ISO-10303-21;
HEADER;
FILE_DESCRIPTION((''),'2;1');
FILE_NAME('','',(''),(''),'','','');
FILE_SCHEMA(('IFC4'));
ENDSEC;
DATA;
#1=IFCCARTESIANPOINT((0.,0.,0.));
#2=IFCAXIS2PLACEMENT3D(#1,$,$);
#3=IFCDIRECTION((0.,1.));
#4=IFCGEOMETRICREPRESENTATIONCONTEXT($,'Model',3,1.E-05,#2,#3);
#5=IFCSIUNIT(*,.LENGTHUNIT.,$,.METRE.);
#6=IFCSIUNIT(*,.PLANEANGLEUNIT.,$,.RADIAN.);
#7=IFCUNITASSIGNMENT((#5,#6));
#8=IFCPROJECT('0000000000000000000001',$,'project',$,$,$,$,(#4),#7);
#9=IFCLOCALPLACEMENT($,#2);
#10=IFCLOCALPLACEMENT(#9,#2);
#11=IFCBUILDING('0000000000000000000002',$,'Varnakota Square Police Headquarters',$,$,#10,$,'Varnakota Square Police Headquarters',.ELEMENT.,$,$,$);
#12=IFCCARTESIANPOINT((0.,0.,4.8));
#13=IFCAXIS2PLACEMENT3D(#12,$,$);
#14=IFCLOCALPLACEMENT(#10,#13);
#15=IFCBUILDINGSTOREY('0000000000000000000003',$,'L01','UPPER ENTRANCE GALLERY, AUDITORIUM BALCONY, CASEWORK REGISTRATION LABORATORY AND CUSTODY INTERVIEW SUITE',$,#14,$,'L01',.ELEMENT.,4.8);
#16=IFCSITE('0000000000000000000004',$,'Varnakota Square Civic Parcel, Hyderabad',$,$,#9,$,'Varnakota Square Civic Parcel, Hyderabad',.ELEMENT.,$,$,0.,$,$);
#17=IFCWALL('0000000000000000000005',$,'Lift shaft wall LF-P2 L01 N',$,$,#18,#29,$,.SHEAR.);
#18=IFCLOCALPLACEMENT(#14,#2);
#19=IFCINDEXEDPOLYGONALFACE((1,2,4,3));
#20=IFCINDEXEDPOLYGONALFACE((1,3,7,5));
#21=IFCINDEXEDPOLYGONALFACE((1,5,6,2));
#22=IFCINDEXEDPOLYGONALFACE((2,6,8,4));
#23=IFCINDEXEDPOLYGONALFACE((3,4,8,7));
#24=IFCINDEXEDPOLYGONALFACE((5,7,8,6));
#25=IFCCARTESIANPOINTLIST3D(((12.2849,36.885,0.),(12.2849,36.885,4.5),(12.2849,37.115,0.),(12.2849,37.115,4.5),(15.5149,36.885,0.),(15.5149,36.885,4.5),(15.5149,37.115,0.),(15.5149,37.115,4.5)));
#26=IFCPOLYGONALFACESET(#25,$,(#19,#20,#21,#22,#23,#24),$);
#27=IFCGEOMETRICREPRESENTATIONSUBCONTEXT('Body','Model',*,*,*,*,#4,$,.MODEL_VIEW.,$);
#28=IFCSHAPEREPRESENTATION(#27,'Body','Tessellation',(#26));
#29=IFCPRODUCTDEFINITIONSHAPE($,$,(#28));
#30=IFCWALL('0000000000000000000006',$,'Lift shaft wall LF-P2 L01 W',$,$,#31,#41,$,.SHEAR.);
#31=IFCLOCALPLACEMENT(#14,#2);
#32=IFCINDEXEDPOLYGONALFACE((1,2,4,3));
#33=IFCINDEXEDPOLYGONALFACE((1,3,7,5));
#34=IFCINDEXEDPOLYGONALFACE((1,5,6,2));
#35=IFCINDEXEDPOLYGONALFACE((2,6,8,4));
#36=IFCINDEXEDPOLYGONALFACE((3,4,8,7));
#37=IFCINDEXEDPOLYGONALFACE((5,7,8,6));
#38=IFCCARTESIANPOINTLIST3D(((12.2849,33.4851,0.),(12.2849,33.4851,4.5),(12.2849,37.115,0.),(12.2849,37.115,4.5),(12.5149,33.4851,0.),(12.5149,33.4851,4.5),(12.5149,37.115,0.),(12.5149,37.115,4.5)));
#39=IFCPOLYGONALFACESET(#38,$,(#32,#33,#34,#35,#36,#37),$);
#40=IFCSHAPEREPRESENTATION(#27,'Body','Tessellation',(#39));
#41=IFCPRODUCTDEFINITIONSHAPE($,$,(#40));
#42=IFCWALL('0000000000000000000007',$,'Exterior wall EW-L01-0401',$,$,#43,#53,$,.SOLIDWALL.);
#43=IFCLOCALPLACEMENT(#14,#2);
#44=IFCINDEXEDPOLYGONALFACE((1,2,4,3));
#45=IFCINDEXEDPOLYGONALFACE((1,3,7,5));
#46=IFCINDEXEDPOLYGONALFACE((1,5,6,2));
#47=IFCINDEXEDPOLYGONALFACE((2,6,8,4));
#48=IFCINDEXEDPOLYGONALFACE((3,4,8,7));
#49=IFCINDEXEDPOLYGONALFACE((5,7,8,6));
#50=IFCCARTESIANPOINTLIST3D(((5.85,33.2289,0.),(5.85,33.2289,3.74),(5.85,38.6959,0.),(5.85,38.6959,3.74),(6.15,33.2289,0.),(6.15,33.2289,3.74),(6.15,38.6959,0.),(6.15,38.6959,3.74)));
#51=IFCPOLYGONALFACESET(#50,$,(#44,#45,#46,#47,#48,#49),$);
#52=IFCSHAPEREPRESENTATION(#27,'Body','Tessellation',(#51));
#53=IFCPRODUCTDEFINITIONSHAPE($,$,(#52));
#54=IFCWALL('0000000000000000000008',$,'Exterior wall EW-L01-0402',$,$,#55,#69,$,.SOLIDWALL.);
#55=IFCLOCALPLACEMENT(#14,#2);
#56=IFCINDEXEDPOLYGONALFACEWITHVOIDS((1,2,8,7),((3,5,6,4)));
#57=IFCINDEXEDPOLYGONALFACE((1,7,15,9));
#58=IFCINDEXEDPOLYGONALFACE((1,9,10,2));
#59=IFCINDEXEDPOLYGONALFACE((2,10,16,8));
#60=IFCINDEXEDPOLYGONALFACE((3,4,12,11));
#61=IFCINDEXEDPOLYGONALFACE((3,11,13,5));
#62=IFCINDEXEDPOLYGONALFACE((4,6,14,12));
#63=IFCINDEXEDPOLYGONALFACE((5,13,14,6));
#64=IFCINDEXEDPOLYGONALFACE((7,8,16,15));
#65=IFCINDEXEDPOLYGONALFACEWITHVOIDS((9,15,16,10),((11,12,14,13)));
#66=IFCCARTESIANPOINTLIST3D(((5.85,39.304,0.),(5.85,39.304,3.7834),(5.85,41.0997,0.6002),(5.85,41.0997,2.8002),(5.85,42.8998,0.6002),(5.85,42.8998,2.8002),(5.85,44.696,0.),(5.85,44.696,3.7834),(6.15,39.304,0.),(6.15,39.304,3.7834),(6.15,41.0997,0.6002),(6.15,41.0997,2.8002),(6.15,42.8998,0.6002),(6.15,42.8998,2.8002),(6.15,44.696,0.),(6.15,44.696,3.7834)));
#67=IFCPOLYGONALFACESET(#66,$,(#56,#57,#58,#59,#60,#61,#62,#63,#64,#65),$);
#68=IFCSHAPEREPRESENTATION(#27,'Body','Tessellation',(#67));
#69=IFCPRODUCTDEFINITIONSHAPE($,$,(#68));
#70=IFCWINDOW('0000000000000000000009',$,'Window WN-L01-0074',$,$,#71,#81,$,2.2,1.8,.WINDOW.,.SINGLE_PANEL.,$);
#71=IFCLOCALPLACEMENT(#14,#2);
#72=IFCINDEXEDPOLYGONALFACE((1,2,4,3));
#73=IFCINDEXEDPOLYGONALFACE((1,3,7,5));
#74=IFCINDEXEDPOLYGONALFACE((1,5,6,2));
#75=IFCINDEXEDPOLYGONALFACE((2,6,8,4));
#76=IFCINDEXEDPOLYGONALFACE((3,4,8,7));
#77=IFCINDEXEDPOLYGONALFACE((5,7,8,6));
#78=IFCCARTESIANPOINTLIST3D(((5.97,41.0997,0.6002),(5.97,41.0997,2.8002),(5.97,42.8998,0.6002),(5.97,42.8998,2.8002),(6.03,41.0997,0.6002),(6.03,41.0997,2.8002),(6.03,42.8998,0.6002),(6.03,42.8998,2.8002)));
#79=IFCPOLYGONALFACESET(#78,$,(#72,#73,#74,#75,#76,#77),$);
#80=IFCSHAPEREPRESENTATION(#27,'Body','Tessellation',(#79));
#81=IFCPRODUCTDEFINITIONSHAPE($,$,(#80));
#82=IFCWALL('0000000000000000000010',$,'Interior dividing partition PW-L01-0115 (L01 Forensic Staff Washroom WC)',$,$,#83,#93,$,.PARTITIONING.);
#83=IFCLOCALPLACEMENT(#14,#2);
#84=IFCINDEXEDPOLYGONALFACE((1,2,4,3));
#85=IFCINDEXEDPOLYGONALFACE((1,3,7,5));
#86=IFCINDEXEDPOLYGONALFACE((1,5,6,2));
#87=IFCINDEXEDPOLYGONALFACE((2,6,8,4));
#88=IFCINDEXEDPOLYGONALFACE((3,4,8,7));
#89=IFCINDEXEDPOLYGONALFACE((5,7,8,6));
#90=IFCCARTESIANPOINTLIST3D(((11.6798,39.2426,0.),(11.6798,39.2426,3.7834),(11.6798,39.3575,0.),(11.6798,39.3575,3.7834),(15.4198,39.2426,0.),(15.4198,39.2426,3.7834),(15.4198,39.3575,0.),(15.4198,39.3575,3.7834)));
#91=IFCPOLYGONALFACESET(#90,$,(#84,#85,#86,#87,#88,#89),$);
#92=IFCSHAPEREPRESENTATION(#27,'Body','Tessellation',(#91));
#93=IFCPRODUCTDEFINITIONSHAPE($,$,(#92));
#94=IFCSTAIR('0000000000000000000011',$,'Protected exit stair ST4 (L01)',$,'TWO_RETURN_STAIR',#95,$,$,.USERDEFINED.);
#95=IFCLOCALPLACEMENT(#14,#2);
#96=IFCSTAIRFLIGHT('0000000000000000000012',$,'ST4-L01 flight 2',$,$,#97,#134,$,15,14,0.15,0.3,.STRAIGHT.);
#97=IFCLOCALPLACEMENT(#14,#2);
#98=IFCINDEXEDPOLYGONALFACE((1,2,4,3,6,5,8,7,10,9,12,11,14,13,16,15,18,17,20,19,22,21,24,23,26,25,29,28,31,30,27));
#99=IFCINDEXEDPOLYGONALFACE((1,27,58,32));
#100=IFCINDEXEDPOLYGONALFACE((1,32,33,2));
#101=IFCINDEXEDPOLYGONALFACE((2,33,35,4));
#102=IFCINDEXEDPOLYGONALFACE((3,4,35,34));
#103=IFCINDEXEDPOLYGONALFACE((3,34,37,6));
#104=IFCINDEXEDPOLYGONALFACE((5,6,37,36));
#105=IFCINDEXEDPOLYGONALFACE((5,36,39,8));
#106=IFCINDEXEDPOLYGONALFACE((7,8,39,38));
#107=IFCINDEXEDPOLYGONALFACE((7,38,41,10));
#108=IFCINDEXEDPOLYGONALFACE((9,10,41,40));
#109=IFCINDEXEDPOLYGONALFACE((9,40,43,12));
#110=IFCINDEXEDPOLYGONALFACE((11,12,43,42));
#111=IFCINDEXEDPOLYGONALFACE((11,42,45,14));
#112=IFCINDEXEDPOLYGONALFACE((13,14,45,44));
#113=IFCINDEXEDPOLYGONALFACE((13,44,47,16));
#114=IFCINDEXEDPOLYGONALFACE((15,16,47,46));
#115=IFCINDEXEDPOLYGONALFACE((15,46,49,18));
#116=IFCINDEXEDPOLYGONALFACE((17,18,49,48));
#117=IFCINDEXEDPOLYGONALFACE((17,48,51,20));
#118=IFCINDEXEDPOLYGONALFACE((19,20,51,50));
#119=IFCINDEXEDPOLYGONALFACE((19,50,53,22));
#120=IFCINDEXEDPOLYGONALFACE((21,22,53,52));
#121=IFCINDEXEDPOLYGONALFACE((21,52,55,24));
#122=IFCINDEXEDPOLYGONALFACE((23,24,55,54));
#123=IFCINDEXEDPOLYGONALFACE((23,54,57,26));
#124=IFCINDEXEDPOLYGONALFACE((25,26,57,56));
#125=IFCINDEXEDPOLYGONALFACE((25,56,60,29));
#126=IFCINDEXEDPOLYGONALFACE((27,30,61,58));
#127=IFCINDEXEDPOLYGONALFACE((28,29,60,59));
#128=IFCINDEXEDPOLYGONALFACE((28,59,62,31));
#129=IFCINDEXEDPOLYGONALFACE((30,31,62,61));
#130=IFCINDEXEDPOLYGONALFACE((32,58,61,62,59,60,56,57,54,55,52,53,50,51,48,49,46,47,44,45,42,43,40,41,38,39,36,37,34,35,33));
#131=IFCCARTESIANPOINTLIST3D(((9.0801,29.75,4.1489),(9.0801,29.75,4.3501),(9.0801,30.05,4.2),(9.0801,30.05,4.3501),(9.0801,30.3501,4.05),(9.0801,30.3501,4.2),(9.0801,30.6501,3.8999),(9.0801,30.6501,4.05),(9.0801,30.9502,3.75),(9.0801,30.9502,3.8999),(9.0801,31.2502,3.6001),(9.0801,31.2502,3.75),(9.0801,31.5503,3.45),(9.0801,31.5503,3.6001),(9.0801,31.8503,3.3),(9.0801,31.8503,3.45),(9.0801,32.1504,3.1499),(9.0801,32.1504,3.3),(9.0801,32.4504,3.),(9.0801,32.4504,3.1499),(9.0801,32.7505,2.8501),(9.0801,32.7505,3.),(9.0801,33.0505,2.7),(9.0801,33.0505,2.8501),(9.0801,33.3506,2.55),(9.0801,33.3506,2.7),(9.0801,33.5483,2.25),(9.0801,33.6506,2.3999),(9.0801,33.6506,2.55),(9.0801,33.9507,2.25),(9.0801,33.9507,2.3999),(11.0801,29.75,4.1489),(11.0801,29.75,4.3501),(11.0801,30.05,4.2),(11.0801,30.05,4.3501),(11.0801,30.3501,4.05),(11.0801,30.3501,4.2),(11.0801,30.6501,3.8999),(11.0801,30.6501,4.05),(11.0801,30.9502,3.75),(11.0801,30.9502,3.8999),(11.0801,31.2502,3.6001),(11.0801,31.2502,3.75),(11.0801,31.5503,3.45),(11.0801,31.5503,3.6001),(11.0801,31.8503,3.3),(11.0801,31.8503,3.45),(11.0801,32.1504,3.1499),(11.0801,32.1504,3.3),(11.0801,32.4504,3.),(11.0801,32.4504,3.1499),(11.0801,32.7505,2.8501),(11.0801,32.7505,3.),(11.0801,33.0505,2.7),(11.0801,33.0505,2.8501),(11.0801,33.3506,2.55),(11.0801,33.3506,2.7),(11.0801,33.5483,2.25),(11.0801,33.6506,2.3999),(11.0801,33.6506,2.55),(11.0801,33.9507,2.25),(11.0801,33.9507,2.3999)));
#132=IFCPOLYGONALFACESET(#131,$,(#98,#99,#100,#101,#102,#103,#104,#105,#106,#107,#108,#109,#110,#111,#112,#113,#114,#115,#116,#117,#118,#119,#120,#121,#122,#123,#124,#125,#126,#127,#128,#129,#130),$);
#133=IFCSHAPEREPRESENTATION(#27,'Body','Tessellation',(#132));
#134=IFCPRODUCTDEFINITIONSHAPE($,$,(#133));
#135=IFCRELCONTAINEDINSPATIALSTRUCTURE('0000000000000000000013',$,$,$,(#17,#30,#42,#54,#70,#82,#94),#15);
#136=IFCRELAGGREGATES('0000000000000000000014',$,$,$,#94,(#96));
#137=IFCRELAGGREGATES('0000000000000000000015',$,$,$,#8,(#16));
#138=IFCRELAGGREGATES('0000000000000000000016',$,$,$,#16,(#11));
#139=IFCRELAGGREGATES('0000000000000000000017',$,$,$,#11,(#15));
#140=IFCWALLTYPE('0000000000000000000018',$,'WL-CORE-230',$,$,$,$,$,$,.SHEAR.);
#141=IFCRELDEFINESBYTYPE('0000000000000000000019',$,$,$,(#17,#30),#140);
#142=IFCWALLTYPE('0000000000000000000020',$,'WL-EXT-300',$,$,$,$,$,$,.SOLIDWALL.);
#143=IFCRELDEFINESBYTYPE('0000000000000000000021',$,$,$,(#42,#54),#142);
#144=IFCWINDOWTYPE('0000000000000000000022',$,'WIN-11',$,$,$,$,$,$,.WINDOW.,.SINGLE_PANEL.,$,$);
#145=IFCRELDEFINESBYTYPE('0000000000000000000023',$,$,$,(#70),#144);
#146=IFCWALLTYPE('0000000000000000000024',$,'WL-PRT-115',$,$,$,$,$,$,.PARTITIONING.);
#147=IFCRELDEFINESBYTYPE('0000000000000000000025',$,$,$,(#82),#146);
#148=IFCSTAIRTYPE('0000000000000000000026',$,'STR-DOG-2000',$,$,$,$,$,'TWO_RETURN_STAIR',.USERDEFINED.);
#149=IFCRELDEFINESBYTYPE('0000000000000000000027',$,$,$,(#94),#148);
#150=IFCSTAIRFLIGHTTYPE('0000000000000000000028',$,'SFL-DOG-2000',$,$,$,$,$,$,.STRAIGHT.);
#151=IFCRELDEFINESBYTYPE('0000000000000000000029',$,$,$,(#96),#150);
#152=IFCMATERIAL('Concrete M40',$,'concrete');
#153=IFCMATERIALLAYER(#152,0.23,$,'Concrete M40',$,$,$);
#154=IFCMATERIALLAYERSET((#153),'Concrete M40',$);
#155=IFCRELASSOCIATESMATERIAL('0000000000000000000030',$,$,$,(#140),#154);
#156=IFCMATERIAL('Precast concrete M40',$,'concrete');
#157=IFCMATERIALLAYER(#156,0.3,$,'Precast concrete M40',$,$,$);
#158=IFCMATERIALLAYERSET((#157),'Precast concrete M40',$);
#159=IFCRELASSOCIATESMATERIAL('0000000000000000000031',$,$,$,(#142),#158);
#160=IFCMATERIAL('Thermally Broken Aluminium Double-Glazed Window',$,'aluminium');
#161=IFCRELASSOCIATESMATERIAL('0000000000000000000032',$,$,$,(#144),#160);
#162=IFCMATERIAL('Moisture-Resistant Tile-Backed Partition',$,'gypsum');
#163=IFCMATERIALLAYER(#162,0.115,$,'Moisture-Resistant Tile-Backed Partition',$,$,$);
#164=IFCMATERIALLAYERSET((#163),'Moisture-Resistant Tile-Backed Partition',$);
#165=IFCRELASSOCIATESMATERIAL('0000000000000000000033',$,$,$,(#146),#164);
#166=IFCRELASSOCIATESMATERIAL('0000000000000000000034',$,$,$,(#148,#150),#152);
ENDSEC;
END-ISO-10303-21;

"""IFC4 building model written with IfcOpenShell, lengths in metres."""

from ifc_helpers import new_model, si_unit, direction, frame, frame_2d, origin, place, context, subcontext, project, spatial, polyline, rectangle, outline, extrude, material, layer, layer_set, type_object, element, fill, aggregate, save


model = new_model("IFC4")

# Units and contexts
model_context = context("Model", 3, precision=1e-05, world=origin(), true_north=direction((0.0, 1.0)))
body_context = subcontext(model_context, "Body", "Model", "MODEL_VIEW")
ifc_project = project(units=[si_unit("LENGTHUNIT", "METRE"), si_unit("PLANEANGLEUNIT", "RADIAN")], contexts=[model_context])

# Site, building, storey
site_placement = place(None, origin())
site = spatial("IfcSite", under=ifc_project, at=site_placement, Name="Varnakota Square Civic Parcel, Hyderabad", LongName="Varnakota Square Civic Parcel, Hyderabad", CompositionType="ELEMENT", RefElevation=0.0)
building_placement = place(site_placement, origin())
building = spatial("IfcBuilding", under=site, at=building_placement, Name="Varnakota Square Police Headquarters", LongName="Varnakota Square Police Headquarters", CompositionType="ELEMENT")
storey_placement = place(building_placement, frame((0.0, 0.0, 4.8)))
storey = spatial("IfcBuildingStorey", under=building, at=storey_placement, Name="L01", Description="UPPER ENTRANCE GALLERY, AUDITORIUM BALCONY, CASEWORK REGISTRATION LABORATORY AND CUSTODY INTERVIEW SUITE", LongName="L01", CompositionType="ELEMENT", Elevation=4.8)

# Shared definitions
ifc_material_1 = material(Name="Concrete M40", Category="concrete")
ifc_layer_1 = layer(ifc_material_1, 0.23, Name="Concrete M40")
ifc_layer_set_1 = layer_set([ifc_layer_1], Name="Concrete M40")
wall_type_1 = type_object("IfcWallType", Name="WL-CORE-230", PredefinedType="SHEAR", material=ifc_layer_set_1)

# Walls
wall_1_placement = place(storey_placement, frame((15.5149, 37.0, 0.0), z_axis=(0.0, 0.0, 1.0), x_axis=(-1.0, 0.0, 0.0)))
element("IfcWall", 1, at=wall_1_placement, inside=storey, type_object=wall_type_1, Name="Lift shaft wall LF-P2 L01 N", PredefinedType="SHEAR", context=body_context, shape_type="SweptSolid", body=[
    extrude(rectangle(XDim=3.23, YDim=0.23, at=frame_2d((1.615, 0.0))), origin(), (0.0, 0.0, 1.0), 4.5),
])
wall_2_placement = place(storey_placement, frame((12.3999, 37.115, 0.0), z_axis=(0.0, 0.0, 1.0), x_axis=(0.0, -1.0, 0.0)))
element("IfcWall", 2, at=wall_2_placement, inside=storey, type_object=wall_type_1, Name="Lift shaft wall LF-P2 L01 W", PredefinedType="SHEAR", context=body_context, shape_type="SweptSolid", body=[
    extrude(rectangle(XDim=3.6299, YDim=0.23, at=frame_2d((1.8149, 0.0))), origin(), (0.0, 0.0, 1.0), 4.5),
])
ifc_material_2 = material(Name="Precast concrete M40", Category="concrete")
ifc_layer_2 = layer(ifc_material_2, 0.3, Name="Precast concrete M40")
ifc_layer_set_2 = layer_set([ifc_layer_2], Name="Precast concrete M40")
wall_type_2 = type_object("IfcWallType", Name="WL-EXT-300", PredefinedType="SOLIDWALL", material=ifc_layer_set_2)
wall_3_placement = place(storey_placement, frame((6.0, 33.229, 0.0), z_axis=(0.0, 0.0, 1.0), x_axis=(0.0, 1.0, 0.0)))
element("IfcWall", 3, at=wall_3_placement, inside=storey, type_object=wall_type_2, Name="Exterior wall EW-L01-0401", PredefinedType="SOLIDWALL", context=body_context, shape_type="SweptSolid", body=[
    extrude(rectangle(XDim=5.467, YDim=0.3, at=frame_2d((2.7334, 0.0))), origin(), (0.0, 0.0, 1.0), 3.74),
])

# Wall, opening, window
wall_4_placement = place(storey_placement, frame((6.0, 39.304, 0.0), z_axis=(0.0, 0.0, 1.0), x_axis=(0.0, 1.0, 0.0)))
wall_4 = element("IfcWall", 4, at=wall_4_placement, inside=storey, type_object=wall_type_2, Name="Exterior wall EW-L01-0402", PredefinedType="SOLIDWALL", context=body_context, shape_type="SweptSolid", body=[
    extrude(rectangle(XDim=5.3921, YDim=0.3, at=frame_2d((2.696, 0.0))), origin(), (0.0, 0.0, 1.0), 3.7834),
])
opening_1_placement = place(wall_4_placement, frame((1.7959, 0.0, 0.6001)))
opening_1 = element("IfcOpeningElement", 5, at=opening_1_placement, cuts=wall_4, PredefinedType="OPENING", context=body_context, shape_type="SweptSolid", body=[
    extrude(rectangle(XDim=1.8, YDim=2.2, at=frame_2d((0.8999, 1.1001))), frame((0.0, 0.1599, 0.0), z_axis=(0.0, -1.0, 0.0), x_axis=(1.0, 0.0, 0.0)), (0.0, 0.0, 1.0), 0.3201),
])
ifc_material_3 = material(Name="Thermally Broken Aluminium Double-Glazed Window", Category="aluminium")
window_type = type_object("IfcWindowType", Name="WIN-11", PartitioningType="SINGLE_PANEL", PredefinedType="WINDOW", material=ifc_material_3)
window_placement = place(opening_1_placement, origin())
window = element("IfcWindow", 6, at=window_placement, inside=storey, type_object=window_type, Name="Window WN-L01-0074", OverallHeight=2.2, OverallWidth=1.8, PartitioningType="SINGLE_PANEL", PredefinedType="WINDOW", context=body_context, shape_type="SweptSolid", body=[
    extrude(rectangle(XDim=1.8, YDim=2.2, at=frame_2d((0.8999, 1.1001))), frame((0.0, 0.03, 0.0), z_axis=(0.0, -1.0, 0.0), x_axis=(1.0, 0.0, 0.0)), (0.0, 0.0, 1.0), 0.0601),
])
fill(opening_1, window)

# Wall
ifc_material_4 = material(Name="Moisture-Resistant Tile-Backed Partition", Category="gypsum")
ifc_layer_3 = layer(ifc_material_4, 0.115, Name="Moisture-Resistant Tile-Backed Partition")
ifc_layer_set_3 = layer_set([ifc_layer_3], Name="Moisture-Resistant Tile-Backed Partition")
wall_type_3 = type_object("IfcWallType", Name="WL-PRT-115", PredefinedType="PARTITIONING", material=ifc_layer_set_3)
wall_5_placement = place(storey_placement, frame((15.4199, 39.3, 0.0), z_axis=(0.0, 0.0, 1.0), x_axis=(-1.0, 0.0, 0.0)))
element("IfcWall", 7, at=wall_5_placement, inside=storey, type_object=wall_type_3, Name="Interior dividing partition PW-L01-0115 (L01 Forensic Staff Washroom WC)", PredefinedType="PARTITIONING", context=body_context, shape_type="SweptSolid", body=[
    extrude(rectangle(XDim=3.74, YDim=0.115, at=frame_2d((1.8701, 0.0))), origin(), (0.0, 0.0, 1.0), 3.7834),
])

# Stair, stair flight
stair_type = type_object("IfcStairType", Name="STR-DOG-2000", ElementType="TWO_RETURN_STAIR", PredefinedType="USERDEFINED", material=ifc_material_1)
stair_placement = place(storey_placement, origin())
stair = element("IfcStair", 8, at=stair_placement, inside=storey, type_object=stair_type, Name="Protected exit stair ST4 (L01)", ObjectType="TWO_RETURN_STAIR", PredefinedType="USERDEFINED")
stair_flight_type = type_object("IfcStairFlightType", Name="SFL-DOG-2000", PredefinedType="STRAIGHT", material=ifc_material_1)
stair_flight_placement = place(storey_placement, frame((10.0801, 33.9507, 2.25), z_axis=(0.0, 0.0, 1.0), x_axis=(0.0, -1.0, 0.0)))
stair_flight = element("IfcStairFlight", 9, at=stair_flight_placement, type_object=stair_flight_type, Name="ST4-L01 flight 2", NumberOfRisers=15, NumberOfTreads=14, PredefinedType="STRAIGHT", RiserHeight=0.15, TreadLength=0.3, context=body_context, shape_type="SweptSolid", body=[
    extrude(outline(polyline([(0.0, 0.0), (0.0, 0.1499), (0.3, 0.1499), (0.3, 0.3), (0.6001, 0.3), (0.6001, 0.45), (0.9001, 0.45), (0.9001, 0.6001), (1.2002, 0.6001), (1.2002, 0.75), (1.5002, 0.75), (1.5002, 0.8999), (1.8003, 0.8999), (1.8003, 1.05), (2.1003, 1.05), (2.1003, 1.2), (2.4004, 1.2), (2.4004, 1.3501), (2.7004, 1.3501), (2.7004, 1.5), (3.0005, 1.5), (3.0005, 1.6499), (3.3005, 1.6499), (3.3005, 1.8), (3.6006, 1.8), (3.6006, 1.95), (3.9006, 1.95), (3.9006, 2.1001), (4.2007, 2.1001), (4.2007, 2.25), (4.2007, 1.8989), (0.4023, 0.0), (0.0, 0.0)])), frame((0.0, 1.0, 0.0), z_axis=(0.0, -1.0, 0.0), x_axis=(1.0, 0.0, 0.0)), (0.0, 0.0, 1.0), 2.0),
])
aggregate(stair, [stair_flight])

save(model, "model.ifc")
